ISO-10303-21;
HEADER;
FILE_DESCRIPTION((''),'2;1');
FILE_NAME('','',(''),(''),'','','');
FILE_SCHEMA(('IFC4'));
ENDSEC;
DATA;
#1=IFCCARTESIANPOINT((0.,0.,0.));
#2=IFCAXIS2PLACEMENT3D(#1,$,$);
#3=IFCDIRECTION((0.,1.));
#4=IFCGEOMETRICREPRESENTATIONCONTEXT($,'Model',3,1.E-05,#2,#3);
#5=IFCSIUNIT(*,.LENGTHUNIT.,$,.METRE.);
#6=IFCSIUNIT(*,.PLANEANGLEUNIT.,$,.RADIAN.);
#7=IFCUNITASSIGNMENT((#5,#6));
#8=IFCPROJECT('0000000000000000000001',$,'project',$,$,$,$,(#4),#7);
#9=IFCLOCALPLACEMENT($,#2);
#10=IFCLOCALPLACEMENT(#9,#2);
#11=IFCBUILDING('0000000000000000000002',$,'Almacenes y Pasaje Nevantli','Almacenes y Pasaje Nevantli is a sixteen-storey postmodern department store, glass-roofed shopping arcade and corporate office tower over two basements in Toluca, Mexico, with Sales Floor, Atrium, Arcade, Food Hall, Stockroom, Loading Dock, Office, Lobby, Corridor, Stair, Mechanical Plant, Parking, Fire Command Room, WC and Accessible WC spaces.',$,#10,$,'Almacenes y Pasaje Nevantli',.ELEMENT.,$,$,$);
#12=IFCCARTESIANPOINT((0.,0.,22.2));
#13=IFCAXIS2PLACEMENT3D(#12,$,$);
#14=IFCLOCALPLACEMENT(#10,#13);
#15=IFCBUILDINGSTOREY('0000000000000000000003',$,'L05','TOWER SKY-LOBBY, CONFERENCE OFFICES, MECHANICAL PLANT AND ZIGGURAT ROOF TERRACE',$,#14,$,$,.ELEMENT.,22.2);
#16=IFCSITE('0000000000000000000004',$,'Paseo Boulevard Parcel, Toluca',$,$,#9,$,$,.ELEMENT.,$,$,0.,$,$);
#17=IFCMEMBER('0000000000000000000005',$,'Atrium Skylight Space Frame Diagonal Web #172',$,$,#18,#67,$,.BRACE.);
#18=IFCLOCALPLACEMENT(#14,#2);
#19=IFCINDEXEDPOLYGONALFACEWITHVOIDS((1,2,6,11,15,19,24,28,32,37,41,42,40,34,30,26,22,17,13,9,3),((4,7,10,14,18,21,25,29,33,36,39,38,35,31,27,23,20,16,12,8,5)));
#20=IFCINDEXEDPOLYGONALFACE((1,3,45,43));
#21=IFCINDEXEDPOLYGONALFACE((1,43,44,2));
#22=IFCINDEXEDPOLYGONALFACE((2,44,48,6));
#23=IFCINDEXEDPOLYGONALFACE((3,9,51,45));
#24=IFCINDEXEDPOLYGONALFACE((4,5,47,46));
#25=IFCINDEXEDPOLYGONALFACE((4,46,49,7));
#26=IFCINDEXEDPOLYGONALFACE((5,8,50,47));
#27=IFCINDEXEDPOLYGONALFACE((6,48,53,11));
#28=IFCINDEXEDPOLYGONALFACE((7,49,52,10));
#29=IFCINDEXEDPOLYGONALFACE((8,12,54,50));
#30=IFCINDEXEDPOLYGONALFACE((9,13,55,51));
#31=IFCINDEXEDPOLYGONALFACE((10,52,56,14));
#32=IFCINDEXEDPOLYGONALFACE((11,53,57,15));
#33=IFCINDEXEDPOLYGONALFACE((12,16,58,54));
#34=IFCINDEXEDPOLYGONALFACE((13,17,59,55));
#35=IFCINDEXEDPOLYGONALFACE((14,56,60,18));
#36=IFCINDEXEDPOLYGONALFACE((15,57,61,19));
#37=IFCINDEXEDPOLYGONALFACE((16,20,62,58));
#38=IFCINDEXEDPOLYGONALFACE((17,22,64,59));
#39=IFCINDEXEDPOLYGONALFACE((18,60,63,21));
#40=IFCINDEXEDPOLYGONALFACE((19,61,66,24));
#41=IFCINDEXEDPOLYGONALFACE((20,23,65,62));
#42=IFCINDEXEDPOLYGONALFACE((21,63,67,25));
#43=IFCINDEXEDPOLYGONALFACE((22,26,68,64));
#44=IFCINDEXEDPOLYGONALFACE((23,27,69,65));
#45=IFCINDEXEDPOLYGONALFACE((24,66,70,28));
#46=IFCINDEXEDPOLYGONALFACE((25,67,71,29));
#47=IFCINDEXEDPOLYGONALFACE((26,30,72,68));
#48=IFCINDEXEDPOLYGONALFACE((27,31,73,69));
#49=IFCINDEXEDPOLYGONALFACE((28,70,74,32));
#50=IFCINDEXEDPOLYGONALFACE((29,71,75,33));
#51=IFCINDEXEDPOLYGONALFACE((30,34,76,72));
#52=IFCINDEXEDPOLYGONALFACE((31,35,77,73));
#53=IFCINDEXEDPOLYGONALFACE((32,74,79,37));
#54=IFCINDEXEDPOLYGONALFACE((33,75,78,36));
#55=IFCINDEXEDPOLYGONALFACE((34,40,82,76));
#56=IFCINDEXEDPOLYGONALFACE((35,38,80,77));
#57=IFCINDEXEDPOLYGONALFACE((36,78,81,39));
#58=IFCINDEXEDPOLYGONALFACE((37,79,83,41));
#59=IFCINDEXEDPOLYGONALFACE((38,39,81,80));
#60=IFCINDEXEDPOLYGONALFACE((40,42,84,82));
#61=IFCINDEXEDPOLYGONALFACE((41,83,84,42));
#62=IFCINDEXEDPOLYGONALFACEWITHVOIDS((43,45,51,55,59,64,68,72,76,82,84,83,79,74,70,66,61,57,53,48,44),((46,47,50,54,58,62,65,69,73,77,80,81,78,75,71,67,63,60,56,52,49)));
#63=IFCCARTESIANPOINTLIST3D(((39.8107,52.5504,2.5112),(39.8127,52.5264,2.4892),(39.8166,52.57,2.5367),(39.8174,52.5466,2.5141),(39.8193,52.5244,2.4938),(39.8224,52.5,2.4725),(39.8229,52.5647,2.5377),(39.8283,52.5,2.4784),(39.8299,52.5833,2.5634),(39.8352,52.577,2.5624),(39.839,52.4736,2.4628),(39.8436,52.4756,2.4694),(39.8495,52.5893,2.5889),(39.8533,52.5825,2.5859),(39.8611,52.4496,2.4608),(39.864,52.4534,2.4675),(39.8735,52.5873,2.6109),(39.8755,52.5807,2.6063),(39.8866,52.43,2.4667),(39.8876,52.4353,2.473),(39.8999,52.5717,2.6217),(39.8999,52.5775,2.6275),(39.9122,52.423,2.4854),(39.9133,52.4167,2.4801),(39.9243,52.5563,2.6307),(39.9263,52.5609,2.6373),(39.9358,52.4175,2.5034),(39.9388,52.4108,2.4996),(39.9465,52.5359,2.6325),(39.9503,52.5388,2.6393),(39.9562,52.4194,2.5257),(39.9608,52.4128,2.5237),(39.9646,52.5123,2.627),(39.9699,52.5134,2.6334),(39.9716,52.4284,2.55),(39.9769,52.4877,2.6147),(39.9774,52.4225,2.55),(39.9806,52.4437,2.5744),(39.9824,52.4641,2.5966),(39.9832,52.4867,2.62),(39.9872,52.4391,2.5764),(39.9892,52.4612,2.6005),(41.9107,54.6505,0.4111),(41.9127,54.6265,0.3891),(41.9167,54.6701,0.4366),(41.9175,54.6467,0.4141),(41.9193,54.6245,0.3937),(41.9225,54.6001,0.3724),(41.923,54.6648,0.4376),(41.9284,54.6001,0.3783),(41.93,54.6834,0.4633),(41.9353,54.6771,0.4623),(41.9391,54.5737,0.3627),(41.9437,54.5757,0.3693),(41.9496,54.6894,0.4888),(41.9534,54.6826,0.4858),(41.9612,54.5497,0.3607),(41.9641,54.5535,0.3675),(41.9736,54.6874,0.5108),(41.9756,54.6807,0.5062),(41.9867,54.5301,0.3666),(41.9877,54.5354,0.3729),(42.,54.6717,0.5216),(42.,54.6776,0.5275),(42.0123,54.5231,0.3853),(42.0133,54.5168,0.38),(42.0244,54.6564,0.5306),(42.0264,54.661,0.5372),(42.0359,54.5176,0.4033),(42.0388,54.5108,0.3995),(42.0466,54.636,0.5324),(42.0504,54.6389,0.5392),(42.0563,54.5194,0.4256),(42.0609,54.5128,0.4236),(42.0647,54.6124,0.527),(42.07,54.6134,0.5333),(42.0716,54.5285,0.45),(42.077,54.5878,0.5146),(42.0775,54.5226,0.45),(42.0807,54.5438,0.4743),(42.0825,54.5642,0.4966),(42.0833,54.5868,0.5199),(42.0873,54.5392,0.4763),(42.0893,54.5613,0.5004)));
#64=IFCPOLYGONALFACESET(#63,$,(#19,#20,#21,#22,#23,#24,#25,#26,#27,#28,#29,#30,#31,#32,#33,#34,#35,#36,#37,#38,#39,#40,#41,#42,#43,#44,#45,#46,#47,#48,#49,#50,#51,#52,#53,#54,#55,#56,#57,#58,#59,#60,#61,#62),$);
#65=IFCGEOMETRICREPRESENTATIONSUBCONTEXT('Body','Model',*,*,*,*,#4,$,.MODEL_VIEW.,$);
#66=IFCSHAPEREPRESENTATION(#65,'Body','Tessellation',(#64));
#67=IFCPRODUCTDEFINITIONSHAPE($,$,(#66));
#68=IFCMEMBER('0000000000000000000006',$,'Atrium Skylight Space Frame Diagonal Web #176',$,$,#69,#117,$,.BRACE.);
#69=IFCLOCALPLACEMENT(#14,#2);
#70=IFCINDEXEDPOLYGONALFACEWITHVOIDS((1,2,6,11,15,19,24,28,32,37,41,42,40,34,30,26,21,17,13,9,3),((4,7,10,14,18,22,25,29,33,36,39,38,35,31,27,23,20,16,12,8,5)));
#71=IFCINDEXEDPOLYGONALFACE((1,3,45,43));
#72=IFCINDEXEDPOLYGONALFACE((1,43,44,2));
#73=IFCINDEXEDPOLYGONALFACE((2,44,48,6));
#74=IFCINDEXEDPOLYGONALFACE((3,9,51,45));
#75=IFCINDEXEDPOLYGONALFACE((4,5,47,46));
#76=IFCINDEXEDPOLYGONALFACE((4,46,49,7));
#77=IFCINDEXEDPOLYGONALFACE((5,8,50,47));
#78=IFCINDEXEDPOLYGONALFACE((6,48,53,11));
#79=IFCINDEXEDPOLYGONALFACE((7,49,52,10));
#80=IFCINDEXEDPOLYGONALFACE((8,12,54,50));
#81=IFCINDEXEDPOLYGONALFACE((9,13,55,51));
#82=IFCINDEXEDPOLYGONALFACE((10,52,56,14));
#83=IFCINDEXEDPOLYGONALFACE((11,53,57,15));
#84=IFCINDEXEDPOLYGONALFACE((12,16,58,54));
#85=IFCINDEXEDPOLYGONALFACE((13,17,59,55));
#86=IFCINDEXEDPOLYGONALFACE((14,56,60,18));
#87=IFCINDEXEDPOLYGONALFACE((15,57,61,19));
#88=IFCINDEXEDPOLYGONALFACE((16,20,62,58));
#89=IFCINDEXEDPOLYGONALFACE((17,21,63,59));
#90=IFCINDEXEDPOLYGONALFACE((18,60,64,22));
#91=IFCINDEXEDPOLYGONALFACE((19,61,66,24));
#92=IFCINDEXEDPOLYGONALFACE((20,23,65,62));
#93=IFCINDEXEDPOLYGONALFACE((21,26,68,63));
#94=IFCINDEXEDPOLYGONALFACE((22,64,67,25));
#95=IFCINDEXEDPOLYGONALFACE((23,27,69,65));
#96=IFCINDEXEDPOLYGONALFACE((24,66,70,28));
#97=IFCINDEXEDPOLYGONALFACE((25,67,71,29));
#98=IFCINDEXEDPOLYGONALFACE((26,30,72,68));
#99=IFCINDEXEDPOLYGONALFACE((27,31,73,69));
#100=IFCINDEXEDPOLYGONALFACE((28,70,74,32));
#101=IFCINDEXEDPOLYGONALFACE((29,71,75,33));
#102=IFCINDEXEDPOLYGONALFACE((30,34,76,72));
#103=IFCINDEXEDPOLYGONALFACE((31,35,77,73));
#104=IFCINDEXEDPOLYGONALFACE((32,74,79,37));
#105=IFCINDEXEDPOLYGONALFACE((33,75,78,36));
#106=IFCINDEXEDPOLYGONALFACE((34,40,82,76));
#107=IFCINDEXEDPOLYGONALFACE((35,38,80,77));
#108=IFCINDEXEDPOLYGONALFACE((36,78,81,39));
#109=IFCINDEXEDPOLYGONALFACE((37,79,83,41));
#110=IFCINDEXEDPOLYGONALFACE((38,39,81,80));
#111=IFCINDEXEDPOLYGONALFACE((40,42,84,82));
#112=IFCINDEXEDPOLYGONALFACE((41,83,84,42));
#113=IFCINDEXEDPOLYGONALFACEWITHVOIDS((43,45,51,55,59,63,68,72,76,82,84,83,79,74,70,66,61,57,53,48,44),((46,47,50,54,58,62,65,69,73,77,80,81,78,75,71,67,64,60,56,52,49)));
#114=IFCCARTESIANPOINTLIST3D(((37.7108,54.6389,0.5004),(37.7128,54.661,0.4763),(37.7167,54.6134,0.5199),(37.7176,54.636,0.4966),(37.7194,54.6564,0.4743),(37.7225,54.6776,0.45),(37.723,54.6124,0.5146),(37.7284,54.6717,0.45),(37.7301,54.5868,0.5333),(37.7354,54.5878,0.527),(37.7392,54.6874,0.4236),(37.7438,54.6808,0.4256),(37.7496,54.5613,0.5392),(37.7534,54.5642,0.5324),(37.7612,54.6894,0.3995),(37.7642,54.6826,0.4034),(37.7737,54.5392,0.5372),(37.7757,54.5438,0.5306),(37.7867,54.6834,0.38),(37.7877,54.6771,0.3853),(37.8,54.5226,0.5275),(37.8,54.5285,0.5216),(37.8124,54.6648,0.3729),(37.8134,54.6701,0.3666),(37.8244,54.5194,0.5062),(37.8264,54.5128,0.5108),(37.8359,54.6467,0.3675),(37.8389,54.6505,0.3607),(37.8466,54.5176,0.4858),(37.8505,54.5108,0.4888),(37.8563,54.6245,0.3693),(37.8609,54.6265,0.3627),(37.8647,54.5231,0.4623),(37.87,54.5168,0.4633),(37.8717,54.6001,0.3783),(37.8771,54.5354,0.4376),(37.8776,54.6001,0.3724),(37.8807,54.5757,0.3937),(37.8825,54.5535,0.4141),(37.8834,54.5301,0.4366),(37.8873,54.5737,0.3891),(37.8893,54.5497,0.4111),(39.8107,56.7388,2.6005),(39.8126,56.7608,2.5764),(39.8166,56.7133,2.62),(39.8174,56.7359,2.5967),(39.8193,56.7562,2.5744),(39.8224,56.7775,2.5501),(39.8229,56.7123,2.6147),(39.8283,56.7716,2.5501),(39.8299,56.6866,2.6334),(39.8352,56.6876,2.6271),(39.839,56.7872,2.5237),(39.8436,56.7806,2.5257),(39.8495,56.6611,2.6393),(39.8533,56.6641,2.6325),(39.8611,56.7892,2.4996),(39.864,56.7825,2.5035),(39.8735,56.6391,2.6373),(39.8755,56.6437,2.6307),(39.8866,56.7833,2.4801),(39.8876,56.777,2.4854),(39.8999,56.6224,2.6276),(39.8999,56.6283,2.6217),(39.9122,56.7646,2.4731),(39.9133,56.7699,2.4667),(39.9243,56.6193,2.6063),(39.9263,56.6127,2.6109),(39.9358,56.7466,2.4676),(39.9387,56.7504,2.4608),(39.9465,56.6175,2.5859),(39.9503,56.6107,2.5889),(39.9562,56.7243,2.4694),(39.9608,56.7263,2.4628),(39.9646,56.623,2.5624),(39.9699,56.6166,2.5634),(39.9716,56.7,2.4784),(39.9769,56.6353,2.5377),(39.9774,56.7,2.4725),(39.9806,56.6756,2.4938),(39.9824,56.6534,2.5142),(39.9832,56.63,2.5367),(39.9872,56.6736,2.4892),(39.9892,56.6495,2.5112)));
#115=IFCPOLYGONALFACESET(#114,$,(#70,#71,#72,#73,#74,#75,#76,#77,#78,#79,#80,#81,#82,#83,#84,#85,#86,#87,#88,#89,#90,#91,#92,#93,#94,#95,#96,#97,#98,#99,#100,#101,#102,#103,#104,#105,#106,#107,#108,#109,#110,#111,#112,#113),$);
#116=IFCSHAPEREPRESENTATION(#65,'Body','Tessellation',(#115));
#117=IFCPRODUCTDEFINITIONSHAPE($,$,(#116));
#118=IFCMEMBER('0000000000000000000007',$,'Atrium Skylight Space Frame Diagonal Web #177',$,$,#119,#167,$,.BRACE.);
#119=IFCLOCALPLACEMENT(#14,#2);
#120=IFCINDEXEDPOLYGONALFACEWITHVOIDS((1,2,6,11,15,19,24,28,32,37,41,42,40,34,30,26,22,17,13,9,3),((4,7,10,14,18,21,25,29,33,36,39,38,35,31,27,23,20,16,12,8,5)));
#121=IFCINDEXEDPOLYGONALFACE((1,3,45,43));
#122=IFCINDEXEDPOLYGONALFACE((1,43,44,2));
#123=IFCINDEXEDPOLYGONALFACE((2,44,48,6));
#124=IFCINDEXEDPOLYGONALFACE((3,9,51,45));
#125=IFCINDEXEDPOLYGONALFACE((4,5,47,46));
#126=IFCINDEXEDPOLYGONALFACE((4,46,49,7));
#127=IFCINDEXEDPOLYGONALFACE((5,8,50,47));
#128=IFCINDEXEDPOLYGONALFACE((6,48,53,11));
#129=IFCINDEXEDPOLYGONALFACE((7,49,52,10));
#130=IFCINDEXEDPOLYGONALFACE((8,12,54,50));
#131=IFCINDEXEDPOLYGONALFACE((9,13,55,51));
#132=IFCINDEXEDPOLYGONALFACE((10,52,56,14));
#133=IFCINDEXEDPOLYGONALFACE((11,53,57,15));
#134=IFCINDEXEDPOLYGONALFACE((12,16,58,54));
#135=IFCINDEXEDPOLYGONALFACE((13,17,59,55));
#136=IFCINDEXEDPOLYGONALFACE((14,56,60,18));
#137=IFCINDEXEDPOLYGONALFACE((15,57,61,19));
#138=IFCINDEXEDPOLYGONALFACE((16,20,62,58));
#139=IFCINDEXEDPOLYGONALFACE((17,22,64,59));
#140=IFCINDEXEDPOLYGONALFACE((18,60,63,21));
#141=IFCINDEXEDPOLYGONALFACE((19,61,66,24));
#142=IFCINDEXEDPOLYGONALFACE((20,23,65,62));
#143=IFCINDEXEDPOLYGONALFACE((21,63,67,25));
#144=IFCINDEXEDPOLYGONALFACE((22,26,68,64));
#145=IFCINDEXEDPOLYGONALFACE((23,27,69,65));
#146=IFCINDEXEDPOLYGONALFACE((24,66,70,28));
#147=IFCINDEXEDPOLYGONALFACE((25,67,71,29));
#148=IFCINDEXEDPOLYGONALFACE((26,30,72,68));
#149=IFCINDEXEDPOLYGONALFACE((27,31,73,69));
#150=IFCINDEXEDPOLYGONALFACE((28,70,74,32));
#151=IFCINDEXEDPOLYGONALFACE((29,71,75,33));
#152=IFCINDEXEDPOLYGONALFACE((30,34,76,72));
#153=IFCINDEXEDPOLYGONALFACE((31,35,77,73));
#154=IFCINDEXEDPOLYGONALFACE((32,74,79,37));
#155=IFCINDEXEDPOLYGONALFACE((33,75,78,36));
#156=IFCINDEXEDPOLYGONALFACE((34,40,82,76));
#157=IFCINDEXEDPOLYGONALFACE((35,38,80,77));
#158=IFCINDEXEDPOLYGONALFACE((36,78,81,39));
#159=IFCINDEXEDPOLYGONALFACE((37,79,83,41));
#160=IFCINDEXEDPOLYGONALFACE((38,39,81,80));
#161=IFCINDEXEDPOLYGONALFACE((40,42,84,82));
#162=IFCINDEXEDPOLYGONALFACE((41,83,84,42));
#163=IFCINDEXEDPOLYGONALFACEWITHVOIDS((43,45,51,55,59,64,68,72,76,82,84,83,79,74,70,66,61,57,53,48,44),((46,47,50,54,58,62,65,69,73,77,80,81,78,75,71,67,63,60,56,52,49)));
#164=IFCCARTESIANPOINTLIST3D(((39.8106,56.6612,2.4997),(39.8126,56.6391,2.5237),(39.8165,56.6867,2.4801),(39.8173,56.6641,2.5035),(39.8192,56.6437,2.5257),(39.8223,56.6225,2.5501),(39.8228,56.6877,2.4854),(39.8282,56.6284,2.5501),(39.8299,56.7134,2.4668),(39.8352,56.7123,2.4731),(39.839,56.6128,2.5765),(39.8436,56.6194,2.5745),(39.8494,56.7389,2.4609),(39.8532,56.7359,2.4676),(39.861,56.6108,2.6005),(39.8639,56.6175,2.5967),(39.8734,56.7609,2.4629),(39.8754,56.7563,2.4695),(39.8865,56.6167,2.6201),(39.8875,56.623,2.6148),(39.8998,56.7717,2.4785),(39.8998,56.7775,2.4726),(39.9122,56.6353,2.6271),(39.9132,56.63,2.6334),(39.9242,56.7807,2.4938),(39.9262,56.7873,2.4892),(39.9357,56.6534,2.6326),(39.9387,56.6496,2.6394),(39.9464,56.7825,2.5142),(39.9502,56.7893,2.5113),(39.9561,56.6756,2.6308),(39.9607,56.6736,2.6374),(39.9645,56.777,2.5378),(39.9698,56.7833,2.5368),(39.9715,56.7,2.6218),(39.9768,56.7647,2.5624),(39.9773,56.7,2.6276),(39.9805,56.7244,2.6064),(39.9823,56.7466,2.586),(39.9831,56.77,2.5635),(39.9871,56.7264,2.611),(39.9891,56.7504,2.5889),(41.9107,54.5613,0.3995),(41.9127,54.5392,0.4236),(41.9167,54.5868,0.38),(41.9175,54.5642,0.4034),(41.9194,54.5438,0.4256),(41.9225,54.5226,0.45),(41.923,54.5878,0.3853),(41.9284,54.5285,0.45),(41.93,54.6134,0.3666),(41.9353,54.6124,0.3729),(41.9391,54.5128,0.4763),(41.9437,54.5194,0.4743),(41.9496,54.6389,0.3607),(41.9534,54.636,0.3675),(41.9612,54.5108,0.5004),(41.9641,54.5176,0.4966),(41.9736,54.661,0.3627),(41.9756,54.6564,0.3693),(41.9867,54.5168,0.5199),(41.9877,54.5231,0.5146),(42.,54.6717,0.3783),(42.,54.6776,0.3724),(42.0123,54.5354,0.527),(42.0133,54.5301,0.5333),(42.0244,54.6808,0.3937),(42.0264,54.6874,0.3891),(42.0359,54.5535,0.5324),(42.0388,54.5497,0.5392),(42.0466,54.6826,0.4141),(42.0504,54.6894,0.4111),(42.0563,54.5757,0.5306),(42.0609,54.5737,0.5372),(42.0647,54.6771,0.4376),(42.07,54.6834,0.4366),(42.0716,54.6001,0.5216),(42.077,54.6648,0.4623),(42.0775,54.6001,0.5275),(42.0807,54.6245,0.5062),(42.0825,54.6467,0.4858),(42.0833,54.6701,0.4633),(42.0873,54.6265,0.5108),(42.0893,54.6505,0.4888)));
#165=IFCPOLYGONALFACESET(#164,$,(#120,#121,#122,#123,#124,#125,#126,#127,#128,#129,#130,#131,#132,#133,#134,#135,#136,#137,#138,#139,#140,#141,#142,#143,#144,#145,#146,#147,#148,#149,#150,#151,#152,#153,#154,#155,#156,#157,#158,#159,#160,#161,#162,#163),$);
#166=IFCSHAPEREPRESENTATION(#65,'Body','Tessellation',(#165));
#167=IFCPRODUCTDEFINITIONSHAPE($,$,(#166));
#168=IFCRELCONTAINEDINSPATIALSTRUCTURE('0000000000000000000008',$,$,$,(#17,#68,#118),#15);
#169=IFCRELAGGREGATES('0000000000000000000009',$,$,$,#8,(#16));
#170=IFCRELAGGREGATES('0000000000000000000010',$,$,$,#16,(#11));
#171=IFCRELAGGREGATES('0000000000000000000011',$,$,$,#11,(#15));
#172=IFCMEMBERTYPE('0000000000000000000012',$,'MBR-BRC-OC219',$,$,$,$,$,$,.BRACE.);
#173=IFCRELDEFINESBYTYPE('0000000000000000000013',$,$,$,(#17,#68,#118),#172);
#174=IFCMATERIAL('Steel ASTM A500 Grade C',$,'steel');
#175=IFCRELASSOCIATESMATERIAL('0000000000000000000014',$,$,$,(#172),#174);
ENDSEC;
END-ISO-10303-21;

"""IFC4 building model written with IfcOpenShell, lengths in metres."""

from ifc_helpers import new_model, si_unit, direction, frame, origin, origin_2d, place, context, subcontext, project, spatial, hollow_circle, extrude, material, material_profile, profile_set, type_object, element, save


model = new_model("IFC4")

# Units and contexts
model_context = context("Model", 3, precision=1e-05, world=origin(), true_north=direction((0.0, 1.0)))
body_context = subcontext(model_context, "Body", "Model", "MODEL_VIEW")
ifc_project = project(units=[si_unit("LENGTHUNIT", "METRE"), si_unit("PLANEANGLEUNIT", "RADIAN")], contexts=[model_context])

# Site, building, storey
site_placement = place(None, origin())
site = spatial("IfcSite", under=ifc_project, at=site_placement, Name="Paseo Boulevard Parcel, Toluca", CompositionType="ELEMENT", RefElevation=0.0)
building_placement = place(site_placement, origin())
building = spatial("IfcBuilding", under=site, at=building_placement, Name="Almacenes y Pasaje Nevantli", Description="Almacenes y Pasaje Nevantli is a sixteen-storey postmodern department store, glass-roofed shopping arcade and corporate office tower over two basements in Toluca, Mexico, with Sales Floor, Atrium, Arcade, Food Hall, Stockroom, Loading Dock, Office, Lobby, Corridor, Stair, Mechanical Plant, Parking, Fire Command Room, WC and Accessible WC spaces.", LongName="Almacenes y Pasaje Nevantli", CompositionType="ELEMENT")
storey_placement = place(building_placement, frame((0.0, 0.0, 22.2)))
storey = spatial("IfcBuildingStorey", under=building, at=storey_placement, Name="L05", Description="TOWER SKY-LOBBY, CONFERENCE OFFICES, MECHANICAL PLANT AND ZIGGURAT ROOF TERRACE", CompositionType="ELEMENT", Elevation=22.2)

# Members
ifc_material_1 = material(Name="Steel ASTM A500 Grade C", Category="steel")
ifc_material_profile_1 = material_profile(ifc_material_1, hollow_circle(Radius=0.1096, WallThickness=0.0083, at=origin_2d()), Name="OC 219x8.2")
ifc_profile_set_1 = profile_set([ifc_material_profile_1], Name="Steel ASTM A500 Grade C")
member_type_1 = type_object("IfcMemberType", Name="MBR-BRC-OC219", PredefinedType="BRACE", material=ifc_profile_set_1)
member_1_placement = place(storey_placement, frame((42.0, 54.6001, 0.45), z_axis=(-0.57735, -0.57735, 0.57735), x_axis=(0.707107, -0.707107, 0.0)))
element("IfcMember", 1, at=member_1_placement, inside=storey, type_object=member_type_1, Name="Atrium Skylight Space Frame Diagonal Web #172", PredefinedType="BRACE", context=body_context, shape_type="SweptSolid", body=[
    extrude(hollow_circle(Radius=0.1096, WallThickness=0.0083, at=origin_2d()), origin(), (0.0, 0.0, 1.0), 3.6375),
])
member_2_placement = place(storey_placement, frame((37.8, 54.6001, 0.45), z_axis=(0.577328, 0.577328, 0.577395), x_axis=(-0.707107, 0.707107, 0.0)))
element("IfcMember", 2, at=member_2_placement, inside=storey, type_object=member_type_1, Name="Atrium Skylight Space Frame Diagonal Web #176", PredefinedType="BRACE", context=body_context, shape_type="SweptSolid", body=[
    extrude(hollow_circle(Radius=0.1096, WallThickness=0.0083, at=origin_2d()), origin(), (0.0, 0.0, 1.0), 3.6372),
])
for number, where, z_axis, x_axis, name in (
    (3, (42.0, 54.6001, 0.45), (-0.577373, 0.577306, 0.577373), (-0.707066, -0.707148, 0.0), "Atrium Skylight Space Frame Diagonal Web #177"),
):
    element("IfcMember", number, at=place(storey_placement, frame(where, z_axis=z_axis, x_axis=x_axis)), inside=storey, type_object=member_type_1, Name=name, PredefinedType="BRACE", context=body_context, shape_type="SweptSolid", body=[
        extrude(hollow_circle(Radius=0.1096, WallThickness=0.0083, at=origin_2d()), origin(), (0.0, 0.0, 1.0), 3.6375),
    ])

save(model, "model.ifc")
